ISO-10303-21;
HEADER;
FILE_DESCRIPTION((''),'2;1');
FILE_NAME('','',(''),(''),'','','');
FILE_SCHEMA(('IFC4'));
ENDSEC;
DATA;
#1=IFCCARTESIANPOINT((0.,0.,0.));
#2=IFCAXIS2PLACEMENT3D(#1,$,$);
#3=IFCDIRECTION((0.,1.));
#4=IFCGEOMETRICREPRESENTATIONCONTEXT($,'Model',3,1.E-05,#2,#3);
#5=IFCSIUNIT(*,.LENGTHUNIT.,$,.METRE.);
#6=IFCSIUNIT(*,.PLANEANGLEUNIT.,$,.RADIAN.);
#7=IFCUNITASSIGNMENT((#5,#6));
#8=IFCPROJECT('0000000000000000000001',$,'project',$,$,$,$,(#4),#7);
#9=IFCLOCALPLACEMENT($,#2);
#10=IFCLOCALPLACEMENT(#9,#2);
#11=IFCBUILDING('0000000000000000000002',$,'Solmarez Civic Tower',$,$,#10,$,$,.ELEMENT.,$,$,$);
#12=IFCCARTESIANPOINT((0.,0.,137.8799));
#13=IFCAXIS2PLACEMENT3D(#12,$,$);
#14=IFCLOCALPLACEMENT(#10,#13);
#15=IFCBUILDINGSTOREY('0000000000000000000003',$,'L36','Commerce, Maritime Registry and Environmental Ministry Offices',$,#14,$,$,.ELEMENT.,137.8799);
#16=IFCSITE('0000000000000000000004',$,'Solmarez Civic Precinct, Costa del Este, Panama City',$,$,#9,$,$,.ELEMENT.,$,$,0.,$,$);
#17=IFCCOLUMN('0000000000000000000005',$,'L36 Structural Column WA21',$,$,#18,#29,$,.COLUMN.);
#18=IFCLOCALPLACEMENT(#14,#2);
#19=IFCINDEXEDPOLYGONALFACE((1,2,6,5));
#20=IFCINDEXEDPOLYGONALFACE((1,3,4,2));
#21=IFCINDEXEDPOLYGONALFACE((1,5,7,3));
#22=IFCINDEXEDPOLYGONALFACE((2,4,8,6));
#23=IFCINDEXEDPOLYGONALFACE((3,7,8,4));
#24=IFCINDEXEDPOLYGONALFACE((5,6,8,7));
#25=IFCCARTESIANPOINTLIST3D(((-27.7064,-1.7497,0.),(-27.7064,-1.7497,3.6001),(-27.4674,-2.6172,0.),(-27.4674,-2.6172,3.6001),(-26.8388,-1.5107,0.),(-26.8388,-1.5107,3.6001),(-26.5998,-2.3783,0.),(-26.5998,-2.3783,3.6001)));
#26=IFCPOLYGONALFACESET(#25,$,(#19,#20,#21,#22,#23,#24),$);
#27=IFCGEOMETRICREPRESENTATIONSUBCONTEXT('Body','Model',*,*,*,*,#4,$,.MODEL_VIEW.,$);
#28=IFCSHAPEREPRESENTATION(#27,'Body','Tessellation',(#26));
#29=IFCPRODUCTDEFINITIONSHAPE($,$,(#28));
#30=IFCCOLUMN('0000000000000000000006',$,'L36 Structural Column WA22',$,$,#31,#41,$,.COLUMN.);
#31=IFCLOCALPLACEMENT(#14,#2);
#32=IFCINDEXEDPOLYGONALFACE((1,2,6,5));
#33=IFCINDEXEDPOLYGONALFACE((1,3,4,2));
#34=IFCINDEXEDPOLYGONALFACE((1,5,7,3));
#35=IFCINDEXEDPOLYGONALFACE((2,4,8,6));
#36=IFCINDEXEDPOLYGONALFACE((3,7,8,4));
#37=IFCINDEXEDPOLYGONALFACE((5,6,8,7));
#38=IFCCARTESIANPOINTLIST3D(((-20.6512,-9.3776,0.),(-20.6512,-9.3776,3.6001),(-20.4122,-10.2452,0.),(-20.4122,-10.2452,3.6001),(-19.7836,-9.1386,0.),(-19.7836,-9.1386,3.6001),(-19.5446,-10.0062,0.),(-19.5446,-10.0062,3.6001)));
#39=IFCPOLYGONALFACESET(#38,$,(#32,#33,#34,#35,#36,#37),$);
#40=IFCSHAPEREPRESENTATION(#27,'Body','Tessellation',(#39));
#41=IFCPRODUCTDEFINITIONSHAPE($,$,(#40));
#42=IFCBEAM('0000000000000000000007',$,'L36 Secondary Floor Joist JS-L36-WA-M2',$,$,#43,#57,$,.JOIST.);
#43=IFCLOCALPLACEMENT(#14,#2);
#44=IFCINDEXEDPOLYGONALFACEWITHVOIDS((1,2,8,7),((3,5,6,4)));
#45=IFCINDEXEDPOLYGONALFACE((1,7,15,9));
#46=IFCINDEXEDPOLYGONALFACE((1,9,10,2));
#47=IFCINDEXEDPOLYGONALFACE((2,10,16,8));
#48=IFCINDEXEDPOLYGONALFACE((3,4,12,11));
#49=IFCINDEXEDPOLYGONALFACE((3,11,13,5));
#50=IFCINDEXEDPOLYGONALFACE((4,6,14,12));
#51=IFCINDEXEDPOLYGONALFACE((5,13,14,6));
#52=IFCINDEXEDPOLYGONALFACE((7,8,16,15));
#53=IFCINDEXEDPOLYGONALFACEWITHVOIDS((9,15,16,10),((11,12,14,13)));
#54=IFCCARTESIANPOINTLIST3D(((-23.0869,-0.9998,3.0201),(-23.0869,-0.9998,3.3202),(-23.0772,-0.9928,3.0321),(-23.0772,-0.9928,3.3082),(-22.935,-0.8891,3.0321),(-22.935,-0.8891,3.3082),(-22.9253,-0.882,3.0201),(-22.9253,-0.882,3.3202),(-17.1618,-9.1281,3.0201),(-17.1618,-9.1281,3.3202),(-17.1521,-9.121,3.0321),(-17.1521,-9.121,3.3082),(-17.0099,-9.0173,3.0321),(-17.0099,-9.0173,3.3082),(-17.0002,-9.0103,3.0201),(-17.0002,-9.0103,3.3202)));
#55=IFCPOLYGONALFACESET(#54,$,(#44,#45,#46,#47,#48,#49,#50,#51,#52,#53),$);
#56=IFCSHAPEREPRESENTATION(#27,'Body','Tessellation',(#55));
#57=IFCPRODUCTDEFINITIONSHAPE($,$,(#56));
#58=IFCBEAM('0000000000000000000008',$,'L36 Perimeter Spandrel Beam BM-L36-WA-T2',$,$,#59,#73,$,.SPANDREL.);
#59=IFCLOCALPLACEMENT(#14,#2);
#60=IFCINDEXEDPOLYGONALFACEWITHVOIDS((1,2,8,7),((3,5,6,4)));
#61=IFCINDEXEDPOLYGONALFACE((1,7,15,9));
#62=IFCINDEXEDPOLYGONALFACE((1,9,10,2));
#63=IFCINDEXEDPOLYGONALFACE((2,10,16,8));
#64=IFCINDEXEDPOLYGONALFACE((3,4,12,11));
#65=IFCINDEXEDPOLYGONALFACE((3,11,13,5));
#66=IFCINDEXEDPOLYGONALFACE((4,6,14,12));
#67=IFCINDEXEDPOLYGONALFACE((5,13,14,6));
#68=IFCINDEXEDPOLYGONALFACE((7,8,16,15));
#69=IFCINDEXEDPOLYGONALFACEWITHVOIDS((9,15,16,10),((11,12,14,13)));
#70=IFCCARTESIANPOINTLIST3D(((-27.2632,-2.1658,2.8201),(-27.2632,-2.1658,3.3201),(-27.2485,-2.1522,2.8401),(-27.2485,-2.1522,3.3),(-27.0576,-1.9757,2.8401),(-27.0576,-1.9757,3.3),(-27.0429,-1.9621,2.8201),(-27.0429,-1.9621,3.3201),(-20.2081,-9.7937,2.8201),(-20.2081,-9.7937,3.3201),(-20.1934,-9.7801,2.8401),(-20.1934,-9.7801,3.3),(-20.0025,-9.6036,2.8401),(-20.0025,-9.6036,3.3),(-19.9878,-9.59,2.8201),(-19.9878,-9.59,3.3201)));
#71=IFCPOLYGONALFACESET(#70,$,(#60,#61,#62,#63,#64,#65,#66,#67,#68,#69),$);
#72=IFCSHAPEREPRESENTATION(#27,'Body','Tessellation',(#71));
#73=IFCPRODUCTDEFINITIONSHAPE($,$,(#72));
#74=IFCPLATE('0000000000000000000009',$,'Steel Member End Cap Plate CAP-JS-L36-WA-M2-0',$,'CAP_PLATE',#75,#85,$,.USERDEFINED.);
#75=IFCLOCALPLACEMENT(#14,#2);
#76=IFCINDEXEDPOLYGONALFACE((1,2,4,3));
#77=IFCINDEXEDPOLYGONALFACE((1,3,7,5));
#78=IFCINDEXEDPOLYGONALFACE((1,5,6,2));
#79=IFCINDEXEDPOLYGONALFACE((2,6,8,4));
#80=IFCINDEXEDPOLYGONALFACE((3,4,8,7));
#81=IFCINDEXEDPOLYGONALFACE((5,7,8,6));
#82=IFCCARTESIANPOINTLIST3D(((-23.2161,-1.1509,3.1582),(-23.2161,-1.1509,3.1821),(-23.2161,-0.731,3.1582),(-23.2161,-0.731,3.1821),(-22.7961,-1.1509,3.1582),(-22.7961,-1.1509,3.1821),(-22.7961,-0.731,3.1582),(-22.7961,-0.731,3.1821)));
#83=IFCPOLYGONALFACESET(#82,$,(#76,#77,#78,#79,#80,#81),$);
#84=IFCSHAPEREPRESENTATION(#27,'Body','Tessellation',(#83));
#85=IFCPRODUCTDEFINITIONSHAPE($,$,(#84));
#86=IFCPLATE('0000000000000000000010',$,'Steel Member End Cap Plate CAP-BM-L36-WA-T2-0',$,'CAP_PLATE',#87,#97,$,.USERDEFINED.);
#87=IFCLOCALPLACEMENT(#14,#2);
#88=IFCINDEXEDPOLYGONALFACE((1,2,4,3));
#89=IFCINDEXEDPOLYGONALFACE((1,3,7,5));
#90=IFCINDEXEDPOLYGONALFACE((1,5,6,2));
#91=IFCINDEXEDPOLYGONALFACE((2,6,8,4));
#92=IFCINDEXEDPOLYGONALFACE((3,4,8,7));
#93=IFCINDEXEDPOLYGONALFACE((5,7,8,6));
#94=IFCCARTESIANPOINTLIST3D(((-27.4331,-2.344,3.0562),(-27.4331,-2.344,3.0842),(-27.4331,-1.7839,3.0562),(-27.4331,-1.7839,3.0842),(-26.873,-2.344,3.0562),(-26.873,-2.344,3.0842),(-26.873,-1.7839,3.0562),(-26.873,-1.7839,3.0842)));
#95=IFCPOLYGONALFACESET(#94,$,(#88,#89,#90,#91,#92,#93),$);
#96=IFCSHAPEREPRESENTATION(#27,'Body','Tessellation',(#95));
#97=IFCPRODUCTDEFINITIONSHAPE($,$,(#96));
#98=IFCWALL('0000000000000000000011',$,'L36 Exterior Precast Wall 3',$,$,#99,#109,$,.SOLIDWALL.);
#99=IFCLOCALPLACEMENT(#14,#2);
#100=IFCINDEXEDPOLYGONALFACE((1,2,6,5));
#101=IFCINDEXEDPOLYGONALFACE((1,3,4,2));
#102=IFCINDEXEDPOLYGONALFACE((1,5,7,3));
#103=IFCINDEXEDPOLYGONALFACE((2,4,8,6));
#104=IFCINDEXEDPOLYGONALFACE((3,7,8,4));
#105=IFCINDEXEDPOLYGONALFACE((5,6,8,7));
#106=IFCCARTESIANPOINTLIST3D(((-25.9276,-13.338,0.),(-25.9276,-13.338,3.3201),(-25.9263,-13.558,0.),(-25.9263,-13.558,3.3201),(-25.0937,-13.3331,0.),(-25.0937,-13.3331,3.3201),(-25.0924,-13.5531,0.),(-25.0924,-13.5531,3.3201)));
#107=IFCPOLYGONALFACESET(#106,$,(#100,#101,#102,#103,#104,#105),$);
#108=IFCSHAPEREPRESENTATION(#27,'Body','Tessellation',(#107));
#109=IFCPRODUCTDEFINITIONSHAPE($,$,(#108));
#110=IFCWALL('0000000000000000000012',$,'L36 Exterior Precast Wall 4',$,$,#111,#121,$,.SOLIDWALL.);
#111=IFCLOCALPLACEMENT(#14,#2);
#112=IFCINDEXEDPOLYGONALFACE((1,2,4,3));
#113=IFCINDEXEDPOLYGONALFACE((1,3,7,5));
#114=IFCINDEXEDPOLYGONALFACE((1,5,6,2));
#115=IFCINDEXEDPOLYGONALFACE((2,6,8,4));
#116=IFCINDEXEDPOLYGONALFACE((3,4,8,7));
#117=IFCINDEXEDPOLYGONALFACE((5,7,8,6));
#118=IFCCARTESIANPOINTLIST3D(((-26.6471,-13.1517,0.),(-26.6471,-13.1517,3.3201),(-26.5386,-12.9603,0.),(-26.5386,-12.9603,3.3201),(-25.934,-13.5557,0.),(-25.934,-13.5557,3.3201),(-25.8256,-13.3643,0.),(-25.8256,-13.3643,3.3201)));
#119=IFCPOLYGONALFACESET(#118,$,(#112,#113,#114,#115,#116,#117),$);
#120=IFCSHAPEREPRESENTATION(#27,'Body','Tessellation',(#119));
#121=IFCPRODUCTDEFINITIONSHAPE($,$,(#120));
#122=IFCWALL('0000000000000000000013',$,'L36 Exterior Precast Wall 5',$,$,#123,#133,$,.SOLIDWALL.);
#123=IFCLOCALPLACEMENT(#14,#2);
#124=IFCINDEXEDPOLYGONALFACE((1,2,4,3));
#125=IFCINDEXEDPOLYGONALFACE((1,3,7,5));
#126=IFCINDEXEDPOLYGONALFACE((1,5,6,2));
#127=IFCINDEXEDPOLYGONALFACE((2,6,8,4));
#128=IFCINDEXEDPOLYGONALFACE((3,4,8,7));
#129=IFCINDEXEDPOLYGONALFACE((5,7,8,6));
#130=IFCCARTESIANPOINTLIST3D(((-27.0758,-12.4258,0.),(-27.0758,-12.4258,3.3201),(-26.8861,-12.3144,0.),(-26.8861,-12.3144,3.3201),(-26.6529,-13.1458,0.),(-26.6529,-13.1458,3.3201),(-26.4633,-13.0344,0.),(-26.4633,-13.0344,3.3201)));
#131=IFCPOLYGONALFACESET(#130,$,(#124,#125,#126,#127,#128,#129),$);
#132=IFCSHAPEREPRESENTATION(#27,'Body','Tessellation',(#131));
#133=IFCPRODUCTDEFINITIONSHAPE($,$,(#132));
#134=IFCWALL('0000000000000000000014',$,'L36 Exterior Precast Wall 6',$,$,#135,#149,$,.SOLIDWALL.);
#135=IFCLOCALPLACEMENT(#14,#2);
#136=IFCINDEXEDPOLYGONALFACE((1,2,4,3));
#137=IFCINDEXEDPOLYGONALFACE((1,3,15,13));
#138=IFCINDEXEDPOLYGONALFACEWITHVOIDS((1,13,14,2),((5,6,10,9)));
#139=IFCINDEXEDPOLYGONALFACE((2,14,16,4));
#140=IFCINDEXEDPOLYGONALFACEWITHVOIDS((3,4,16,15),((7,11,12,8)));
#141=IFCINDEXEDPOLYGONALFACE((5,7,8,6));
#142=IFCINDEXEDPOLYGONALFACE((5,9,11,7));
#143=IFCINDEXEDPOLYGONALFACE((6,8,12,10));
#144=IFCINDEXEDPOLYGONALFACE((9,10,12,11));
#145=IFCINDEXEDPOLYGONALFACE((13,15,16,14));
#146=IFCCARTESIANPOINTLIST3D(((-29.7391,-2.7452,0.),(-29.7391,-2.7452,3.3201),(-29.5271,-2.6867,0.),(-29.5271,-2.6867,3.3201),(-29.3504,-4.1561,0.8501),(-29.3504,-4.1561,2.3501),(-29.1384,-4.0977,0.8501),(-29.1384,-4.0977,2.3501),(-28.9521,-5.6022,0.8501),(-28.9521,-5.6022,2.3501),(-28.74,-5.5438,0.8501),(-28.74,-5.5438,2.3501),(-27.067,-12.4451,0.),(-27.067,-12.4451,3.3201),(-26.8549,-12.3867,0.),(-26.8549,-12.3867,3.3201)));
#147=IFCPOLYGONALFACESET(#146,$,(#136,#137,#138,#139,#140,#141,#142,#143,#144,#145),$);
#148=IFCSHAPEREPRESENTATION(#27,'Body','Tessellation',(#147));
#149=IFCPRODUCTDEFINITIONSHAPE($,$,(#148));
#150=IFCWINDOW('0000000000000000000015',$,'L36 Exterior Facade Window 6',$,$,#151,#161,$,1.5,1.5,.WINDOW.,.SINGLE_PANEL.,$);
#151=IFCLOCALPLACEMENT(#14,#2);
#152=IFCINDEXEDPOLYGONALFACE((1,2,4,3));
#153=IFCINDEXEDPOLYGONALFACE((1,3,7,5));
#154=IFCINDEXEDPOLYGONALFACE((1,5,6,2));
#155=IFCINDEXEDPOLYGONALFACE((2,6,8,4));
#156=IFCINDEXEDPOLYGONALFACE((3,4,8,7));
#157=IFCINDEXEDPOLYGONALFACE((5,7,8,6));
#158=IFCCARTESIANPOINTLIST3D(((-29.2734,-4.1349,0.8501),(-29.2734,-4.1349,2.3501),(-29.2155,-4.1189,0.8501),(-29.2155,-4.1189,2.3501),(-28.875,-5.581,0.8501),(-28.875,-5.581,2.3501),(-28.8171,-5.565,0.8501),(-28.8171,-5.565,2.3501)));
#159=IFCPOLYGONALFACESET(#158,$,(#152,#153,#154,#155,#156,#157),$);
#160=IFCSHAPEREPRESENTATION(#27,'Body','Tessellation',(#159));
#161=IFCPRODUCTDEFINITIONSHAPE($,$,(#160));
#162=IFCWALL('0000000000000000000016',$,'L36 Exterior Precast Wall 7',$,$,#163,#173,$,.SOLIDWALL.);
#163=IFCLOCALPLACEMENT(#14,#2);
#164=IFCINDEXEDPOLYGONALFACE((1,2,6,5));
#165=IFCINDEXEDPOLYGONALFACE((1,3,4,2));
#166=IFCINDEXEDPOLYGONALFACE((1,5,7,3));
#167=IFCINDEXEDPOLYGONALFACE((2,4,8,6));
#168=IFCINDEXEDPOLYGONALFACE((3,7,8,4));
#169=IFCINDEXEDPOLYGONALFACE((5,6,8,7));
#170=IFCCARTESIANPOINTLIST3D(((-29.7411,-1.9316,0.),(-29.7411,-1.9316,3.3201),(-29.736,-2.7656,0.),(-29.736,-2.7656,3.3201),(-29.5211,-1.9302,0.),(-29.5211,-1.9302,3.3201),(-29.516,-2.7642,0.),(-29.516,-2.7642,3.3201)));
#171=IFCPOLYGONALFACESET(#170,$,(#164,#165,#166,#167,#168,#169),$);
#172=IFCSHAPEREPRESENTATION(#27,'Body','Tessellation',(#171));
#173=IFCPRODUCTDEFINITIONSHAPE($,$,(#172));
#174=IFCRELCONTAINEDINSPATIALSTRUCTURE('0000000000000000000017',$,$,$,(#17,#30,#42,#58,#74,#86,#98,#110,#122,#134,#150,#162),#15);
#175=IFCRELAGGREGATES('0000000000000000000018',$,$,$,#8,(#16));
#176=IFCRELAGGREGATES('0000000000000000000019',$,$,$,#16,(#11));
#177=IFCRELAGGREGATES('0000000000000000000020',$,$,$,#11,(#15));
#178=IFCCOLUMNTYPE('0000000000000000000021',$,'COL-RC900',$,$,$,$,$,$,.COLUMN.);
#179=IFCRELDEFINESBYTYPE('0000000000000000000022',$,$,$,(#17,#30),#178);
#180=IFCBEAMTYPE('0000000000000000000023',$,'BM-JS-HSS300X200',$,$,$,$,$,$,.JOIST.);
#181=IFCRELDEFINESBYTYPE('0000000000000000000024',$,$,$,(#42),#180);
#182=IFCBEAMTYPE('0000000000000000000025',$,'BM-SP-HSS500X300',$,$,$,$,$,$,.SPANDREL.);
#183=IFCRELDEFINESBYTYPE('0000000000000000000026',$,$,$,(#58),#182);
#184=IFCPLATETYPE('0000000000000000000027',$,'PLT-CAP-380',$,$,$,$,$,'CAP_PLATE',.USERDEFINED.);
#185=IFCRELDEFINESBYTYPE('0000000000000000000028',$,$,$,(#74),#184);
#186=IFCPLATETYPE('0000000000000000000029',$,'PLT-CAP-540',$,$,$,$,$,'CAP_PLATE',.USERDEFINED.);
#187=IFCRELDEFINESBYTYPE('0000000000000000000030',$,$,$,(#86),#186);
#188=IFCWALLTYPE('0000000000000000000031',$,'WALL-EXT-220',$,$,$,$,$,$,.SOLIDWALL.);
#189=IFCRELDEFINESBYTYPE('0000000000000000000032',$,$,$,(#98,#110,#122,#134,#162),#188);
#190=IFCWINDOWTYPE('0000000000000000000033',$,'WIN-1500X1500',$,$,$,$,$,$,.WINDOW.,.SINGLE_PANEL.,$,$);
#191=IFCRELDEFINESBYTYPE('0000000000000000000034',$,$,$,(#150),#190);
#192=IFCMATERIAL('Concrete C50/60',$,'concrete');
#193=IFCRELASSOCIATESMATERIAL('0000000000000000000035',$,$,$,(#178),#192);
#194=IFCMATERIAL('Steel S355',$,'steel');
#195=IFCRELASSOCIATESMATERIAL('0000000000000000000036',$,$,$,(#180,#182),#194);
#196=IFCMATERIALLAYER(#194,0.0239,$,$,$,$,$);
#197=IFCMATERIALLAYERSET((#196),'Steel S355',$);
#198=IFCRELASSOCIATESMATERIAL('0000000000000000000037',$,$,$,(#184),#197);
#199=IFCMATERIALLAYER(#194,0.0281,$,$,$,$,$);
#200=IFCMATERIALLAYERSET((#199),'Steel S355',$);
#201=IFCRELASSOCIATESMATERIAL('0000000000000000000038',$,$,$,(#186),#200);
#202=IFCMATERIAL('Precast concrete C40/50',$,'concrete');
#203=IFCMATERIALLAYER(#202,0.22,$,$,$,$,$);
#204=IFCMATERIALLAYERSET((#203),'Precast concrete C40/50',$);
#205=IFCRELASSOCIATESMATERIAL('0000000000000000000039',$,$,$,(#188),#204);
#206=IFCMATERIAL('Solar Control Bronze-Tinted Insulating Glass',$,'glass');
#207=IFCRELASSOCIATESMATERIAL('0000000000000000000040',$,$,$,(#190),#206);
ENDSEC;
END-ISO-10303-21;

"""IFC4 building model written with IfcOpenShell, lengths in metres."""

from ifc_helpers import new_model, si_unit, direction, frame, frame_2d, origin, origin_2d, place, context, subcontext, project, spatial, rectangle, hollow_rectangle, extrude, material, layer, layer_set, material_profile, profile_set, type_object, element, fill, save


model = new_model("IFC4")

# Units and contexts
model_context = context("Model", 3, precision=1e-05, world=origin(), true_north=direction((0.0, 1.0)))
body_context = subcontext(model_context, "Body", "Model", "MODEL_VIEW")
ifc_project = project(units=[si_unit("LENGTHUNIT", "METRE"), si_unit("PLANEANGLEUNIT", "RADIAN")], contexts=[model_context])

# Site, building, storey
site_placement = place(None, origin())
site = spatial("IfcSite", under=ifc_project, at=site_placement, Name="Solmarez Civic Precinct, Costa del Este, Panama City", CompositionType="ELEMENT", RefElevation=0.0)
building_placement = place(site_placement, origin())
building = spatial("IfcBuilding", under=site, at=building_placement, Name="Solmarez Civic Tower", CompositionType="ELEMENT")
storey_placement = place(building_placement, frame((0.0, 0.0, 137.8799)))
storey = spatial("IfcBuildingStorey", under=building, at=storey_placement, Name="L36", Description="Commerce, Maritime Registry and Environmental Ministry Offices", CompositionType="ELEMENT", Elevation=137.8799)

# Columns
ifc_material_1 = material(Name="Concrete C50/60", Category="concrete")
ifc_material_profile_1 = material_profile(ifc_material_1, rectangle(XDim=0.8999, YDim=0.8999, at=origin_2d()), Name="RC900X900")
ifc_profile_set_1 = profile_set([ifc_material_profile_1], Name="Concrete C50/60")
column_type = type_object("IfcColumnType", Name="COL-RC900", PredefinedType="COLUMN", material=ifc_profile_set_1)
for number, where, z_axis, x_axis, name in (
    (1, (-27.1531, -2.064, 0.0), (0.0, 0.0, 1.0), (0.964095, 0.265556, 0.0), "L36 Structural Column WA21"),
    (2, (-20.0979, -9.6919, 0.0), (0.0, 0.0, 1.0), (0.964095, 0.265556, 0.0), "L36 Structural Column WA22"),
):
    element("IfcColumn", number, at=place(storey_placement, frame(where, z_axis=z_axis, x_axis=x_axis)), inside=storey, type_object=column_type, Name=name, PredefinedType="COLUMN", context=body_context, shape_type="SweptSolid", body=[
        extrude(rectangle(XDim=0.8999, YDim=0.8999, at=origin_2d()), origin(), (0.0, 0.0, 1.0), 3.6001),
    ])

# Beams
ifc_material_2 = material(Name="Steel S355", Category="steel")
ifc_material_profile_2 = material_profile(ifc_material_2, hollow_rectangle(XDim=0.2, YDim=0.3, WallThickness=0.012, at=origin_2d()), Name="HSS300X200X12")
ifc_profile_set_2 = profile_set([ifc_material_profile_2], Name="Steel S355")
beam_type_1 = type_object("IfcBeamType", Name="BM-JS-HSS300X200", PredefinedType="JOIST", material=ifc_profile_set_2)
beam_1_placement = place(storey_placement, frame((-23.0061, -0.9409, 3.1702), z_axis=(0.589059, -0.80809, 0.0), x_axis=(0.80809, 0.589059, 0.0)))
element("IfcBeam", 3, at=beam_1_placement, inside=storey, type_object=beam_type_1, Name="L36 Secondary Floor Joist JS-L36-WA-M2", PredefinedType="JOIST", context=body_context, shape_type="SweptSolid", body=[
    extrude(hollow_rectangle(XDim=0.2, YDim=0.3, WallThickness=0.012, at=origin_2d()), origin(), (0.0, 0.0, 1.0), 10.0586),
])
ifc_material_profile_3 = material_profile(ifc_material_2, hollow_rectangle(XDim=0.3, YDim=0.5, WallThickness=0.02, at=origin_2d()), Name="HSS500X300X20")
ifc_profile_set_3 = profile_set([ifc_material_profile_3], Name="Steel S355")
beam_type_2 = type_object("IfcBeamType", Name="BM-SP-HSS500X300", PredefinedType="SPANDREL", material=ifc_profile_set_3)
beam_2_placement = place(storey_placement, frame((-27.1531, -2.064, 3.0701), z_axis=(0.679008, -0.734131, 0.0), x_axis=(0.734131, 0.679008, 0.0)))
element("IfcBeam", 4, at=beam_2_placement, inside=storey, type_object=beam_type_2, Name="L36 Perimeter Spandrel Beam BM-L36-WA-T2", PredefinedType="SPANDREL", context=body_context, shape_type="SweptSolid", body=[
    extrude(hollow_rectangle(XDim=0.3, YDim=0.5, WallThickness=0.02, at=origin_2d()), origin(), (0.0, 0.0, 1.0), 10.3904),
])

# Plates
ifc_layer_1 = layer(ifc_material_2, 0.0239)
ifc_layer_set_1 = layer_set([ifc_layer_1], Name="Steel S355")
plate_type_1 = type_object("IfcPlateType", Name="PLT-CAP-380", ElementType="CAP_PLATE", PredefinedType="USERDEFINED", material=ifc_layer_set_1)
plate_1_placement = place(storey_placement, frame((-23.0061, -0.9409, 3.1582), z_axis=(0.0, 0.0, 1.0), x_axis=(1.0, 0.0, 0.0)))
element("IfcPlate", 5, at=plate_1_placement, inside=storey, type_object=plate_type_1, Name="Steel Member End Cap Plate CAP-JS-L36-WA-M2-0", ObjectType="CAP_PLATE", PredefinedType="USERDEFINED", context=body_context, shape_type="SweptSolid", body=[
    extrude(rectangle(XDim=0.4199, YDim=0.4199, at=origin_2d()), origin(), (0.0, 0.0, 1.0), 0.0239),
])
ifc_layer_2 = layer(ifc_material_2, 0.0281)
ifc_layer_set_2 = layer_set([ifc_layer_2], Name="Steel S355")
plate_type_2 = type_object("IfcPlateType", Name="PLT-CAP-540", ElementType="CAP_PLATE", PredefinedType="USERDEFINED", material=ifc_layer_set_2)
plate_2_placement = place(storey_placement, frame((-27.1531, -2.064, 3.0562), z_axis=(0.0, 0.0, 1.0), x_axis=(1.0, 0.0, 0.0)))
element("IfcPlate", 6, at=plate_2_placement, inside=storey, type_object=plate_type_2, Name="Steel Member End Cap Plate CAP-BM-L36-WA-T2-0", ObjectType="CAP_PLATE", PredefinedType="USERDEFINED", context=body_context, shape_type="SweptSolid", body=[
    extrude(rectangle(XDim=0.5601, YDim=0.5601, at=origin_2d()), origin(), (0.0, 0.0, 1.0), 0.0281),
])

# Walls
ifc_material_3 = material(Name="Precast concrete C40/50", Category="concrete")
ifc_layer_3 = layer(ifc_material_3, 0.22)
ifc_layer_set_3 = layer_set([ifc_layer_3], Name="Precast concrete C40/50")
wall_type_1 = type_object("IfcWallType", Name="WALL-EXT-220", PredefinedType="SOLIDWALL", material=ifc_layer_set_3)
wall_1_placement = place(storey_placement, frame((-25.093, -13.4431, 0.0), z_axis=(0.0, 0.0, 1.0), x_axis=(-0.999983, -0.005855, 0.0)))
element("IfcWall", 7, at=wall_1_placement, inside=storey, type_object=wall_type_1, Name="L36 Exterior Precast Wall 3", PredefinedType="SOLIDWALL", context=body_context, shape_type="SweptSolid", body=[
    extrude(rectangle(XDim=0.834, YDim=0.22, at=frame_2d((0.417, 0.0))), origin(), (0.0, 0.0, 1.0), 3.3201),
])
wall_2_placement = place(storey_placement, frame((-25.8799, -13.46, 0.0), z_axis=(0.0, 0.0, 1.0), x_axis=(-0.870052, 0.49296, 0.0)))
element("IfcWall", 8, at=wall_2_placement, inside=storey, type_object=wall_type_1, Name="L36 Exterior Precast Wall 4", PredefinedType="SOLIDWALL", context=body_context, shape_type="SweptSolid", body=[
    extrude(rectangle(XDim=0.8196, YDim=0.22, at=frame_2d((0.4097, 0.0))), origin(), (0.0, 0.0, 1.0), 3.3201),
])
wall_3_placement = place(storey_placement, frame((-26.5581, -13.0901, 0.0), z_axis=(0.0, 0.0, 1.0), x_axis=(-0.506432, 0.86228, 0.0)))
element("IfcWall", 9, at=wall_3_placement, inside=storey, type_object=wall_type_1, Name="L36 Exterior Precast Wall 5", PredefinedType="SOLIDWALL", context=body_context, shape_type="SweptSolid", body=[
    extrude(rectangle(XDim=0.835, YDim=0.22, at=frame_2d((0.4175, 0.0))), origin(), (0.0, 0.0, 1.0), 3.3201),
])

# Wall, opening, window
wall_4_placement = place(storey_placement, frame((-26.9609, -12.416, 0.0), z_axis=(0.0, 0.0, 1.0), x_axis=(-0.265585, 0.964088, 0.0)))
wall_4 = element("IfcWall", 10, at=wall_4_placement, inside=storey, type_object=wall_type_1, Name="L36 Exterior Precast Wall 6", PredefinedType="SOLIDWALL", context=body_context, shape_type="SweptSolid", body=[
    extrude(rectangle(XDim=10.0613, YDim=0.22, at=frame_2d((5.0308, 0.0))), origin(), (0.0, 0.0, 1.0), 3.3201),
])
opening_1_placement = place(wall_4_placement, frame((7.0979, 0.0, 0.8501)))
opening_1 = element("IfcOpeningElement", 11, at=opening_1_placement, cuts=wall_4, PredefinedType="OPENING", context=body_context, shape_type="SweptSolid", body=[
    extrude(rectangle(XDim=1.5, YDim=1.5, at=frame_2d((0.75, 0.75))), frame((0.0, 0.1199, 0.0), z_axis=(0.0, -1.0, 0.0), x_axis=(1.0, 0.0, 0.0)), (0.0, 0.0, 1.0), 0.24),
])
ifc_material_4 = material(Name="Solar Control Bronze-Tinted Insulating Glass", Category="glass")
window_type_1 = type_object("IfcWindowType", Name="WIN-1500X1500", PartitioningType="SINGLE_PANEL", PredefinedType="WINDOW", material=ifc_material_4)
window_1_placement = place(opening_1_placement, origin())
window_1 = element("IfcWindow", 12, at=window_1_placement, inside=storey, type_object=window_type_1, Name="L36 Exterior Facade Window 6", OverallHeight=1.5, OverallWidth=1.5, PartitioningType="SINGLE_PANEL", PredefinedType="WINDOW", context=body_context, shape_type="SweptSolid", body=[
    extrude(rectangle(XDim=1.5, YDim=1.5, at=frame_2d((0.75, 0.75))), frame((0.0, 0.03, 0.0), z_axis=(0.0, -1.0, 0.0), x_axis=(1.0, 0.0, 0.0)), (0.0, 0.0, 1.0), 0.0601),
])
fill(opening_1, window_1)

# Wall
wall_5_placement = place(storey_placement, frame((-29.626, -2.7649, 0.0), z_axis=(0.0, 0.0, 1.0), x_axis=(-0.006147, 0.999981, 0.0)))
element("IfcWall", 13, at=wall_5_placement, inside=storey, type_object=wall_type_1, Name="L36 Exterior Precast Wall 7", PredefinedType="SOLIDWALL", context=body_context, shape_type="SweptSolid", body=[
    extrude(rectangle(XDim=0.834, YDim=0.22, at=frame_2d((0.417, 0.0))), origin(), (0.0, 0.0, 1.0), 3.3201),
])

save(model, "model.ifc")
